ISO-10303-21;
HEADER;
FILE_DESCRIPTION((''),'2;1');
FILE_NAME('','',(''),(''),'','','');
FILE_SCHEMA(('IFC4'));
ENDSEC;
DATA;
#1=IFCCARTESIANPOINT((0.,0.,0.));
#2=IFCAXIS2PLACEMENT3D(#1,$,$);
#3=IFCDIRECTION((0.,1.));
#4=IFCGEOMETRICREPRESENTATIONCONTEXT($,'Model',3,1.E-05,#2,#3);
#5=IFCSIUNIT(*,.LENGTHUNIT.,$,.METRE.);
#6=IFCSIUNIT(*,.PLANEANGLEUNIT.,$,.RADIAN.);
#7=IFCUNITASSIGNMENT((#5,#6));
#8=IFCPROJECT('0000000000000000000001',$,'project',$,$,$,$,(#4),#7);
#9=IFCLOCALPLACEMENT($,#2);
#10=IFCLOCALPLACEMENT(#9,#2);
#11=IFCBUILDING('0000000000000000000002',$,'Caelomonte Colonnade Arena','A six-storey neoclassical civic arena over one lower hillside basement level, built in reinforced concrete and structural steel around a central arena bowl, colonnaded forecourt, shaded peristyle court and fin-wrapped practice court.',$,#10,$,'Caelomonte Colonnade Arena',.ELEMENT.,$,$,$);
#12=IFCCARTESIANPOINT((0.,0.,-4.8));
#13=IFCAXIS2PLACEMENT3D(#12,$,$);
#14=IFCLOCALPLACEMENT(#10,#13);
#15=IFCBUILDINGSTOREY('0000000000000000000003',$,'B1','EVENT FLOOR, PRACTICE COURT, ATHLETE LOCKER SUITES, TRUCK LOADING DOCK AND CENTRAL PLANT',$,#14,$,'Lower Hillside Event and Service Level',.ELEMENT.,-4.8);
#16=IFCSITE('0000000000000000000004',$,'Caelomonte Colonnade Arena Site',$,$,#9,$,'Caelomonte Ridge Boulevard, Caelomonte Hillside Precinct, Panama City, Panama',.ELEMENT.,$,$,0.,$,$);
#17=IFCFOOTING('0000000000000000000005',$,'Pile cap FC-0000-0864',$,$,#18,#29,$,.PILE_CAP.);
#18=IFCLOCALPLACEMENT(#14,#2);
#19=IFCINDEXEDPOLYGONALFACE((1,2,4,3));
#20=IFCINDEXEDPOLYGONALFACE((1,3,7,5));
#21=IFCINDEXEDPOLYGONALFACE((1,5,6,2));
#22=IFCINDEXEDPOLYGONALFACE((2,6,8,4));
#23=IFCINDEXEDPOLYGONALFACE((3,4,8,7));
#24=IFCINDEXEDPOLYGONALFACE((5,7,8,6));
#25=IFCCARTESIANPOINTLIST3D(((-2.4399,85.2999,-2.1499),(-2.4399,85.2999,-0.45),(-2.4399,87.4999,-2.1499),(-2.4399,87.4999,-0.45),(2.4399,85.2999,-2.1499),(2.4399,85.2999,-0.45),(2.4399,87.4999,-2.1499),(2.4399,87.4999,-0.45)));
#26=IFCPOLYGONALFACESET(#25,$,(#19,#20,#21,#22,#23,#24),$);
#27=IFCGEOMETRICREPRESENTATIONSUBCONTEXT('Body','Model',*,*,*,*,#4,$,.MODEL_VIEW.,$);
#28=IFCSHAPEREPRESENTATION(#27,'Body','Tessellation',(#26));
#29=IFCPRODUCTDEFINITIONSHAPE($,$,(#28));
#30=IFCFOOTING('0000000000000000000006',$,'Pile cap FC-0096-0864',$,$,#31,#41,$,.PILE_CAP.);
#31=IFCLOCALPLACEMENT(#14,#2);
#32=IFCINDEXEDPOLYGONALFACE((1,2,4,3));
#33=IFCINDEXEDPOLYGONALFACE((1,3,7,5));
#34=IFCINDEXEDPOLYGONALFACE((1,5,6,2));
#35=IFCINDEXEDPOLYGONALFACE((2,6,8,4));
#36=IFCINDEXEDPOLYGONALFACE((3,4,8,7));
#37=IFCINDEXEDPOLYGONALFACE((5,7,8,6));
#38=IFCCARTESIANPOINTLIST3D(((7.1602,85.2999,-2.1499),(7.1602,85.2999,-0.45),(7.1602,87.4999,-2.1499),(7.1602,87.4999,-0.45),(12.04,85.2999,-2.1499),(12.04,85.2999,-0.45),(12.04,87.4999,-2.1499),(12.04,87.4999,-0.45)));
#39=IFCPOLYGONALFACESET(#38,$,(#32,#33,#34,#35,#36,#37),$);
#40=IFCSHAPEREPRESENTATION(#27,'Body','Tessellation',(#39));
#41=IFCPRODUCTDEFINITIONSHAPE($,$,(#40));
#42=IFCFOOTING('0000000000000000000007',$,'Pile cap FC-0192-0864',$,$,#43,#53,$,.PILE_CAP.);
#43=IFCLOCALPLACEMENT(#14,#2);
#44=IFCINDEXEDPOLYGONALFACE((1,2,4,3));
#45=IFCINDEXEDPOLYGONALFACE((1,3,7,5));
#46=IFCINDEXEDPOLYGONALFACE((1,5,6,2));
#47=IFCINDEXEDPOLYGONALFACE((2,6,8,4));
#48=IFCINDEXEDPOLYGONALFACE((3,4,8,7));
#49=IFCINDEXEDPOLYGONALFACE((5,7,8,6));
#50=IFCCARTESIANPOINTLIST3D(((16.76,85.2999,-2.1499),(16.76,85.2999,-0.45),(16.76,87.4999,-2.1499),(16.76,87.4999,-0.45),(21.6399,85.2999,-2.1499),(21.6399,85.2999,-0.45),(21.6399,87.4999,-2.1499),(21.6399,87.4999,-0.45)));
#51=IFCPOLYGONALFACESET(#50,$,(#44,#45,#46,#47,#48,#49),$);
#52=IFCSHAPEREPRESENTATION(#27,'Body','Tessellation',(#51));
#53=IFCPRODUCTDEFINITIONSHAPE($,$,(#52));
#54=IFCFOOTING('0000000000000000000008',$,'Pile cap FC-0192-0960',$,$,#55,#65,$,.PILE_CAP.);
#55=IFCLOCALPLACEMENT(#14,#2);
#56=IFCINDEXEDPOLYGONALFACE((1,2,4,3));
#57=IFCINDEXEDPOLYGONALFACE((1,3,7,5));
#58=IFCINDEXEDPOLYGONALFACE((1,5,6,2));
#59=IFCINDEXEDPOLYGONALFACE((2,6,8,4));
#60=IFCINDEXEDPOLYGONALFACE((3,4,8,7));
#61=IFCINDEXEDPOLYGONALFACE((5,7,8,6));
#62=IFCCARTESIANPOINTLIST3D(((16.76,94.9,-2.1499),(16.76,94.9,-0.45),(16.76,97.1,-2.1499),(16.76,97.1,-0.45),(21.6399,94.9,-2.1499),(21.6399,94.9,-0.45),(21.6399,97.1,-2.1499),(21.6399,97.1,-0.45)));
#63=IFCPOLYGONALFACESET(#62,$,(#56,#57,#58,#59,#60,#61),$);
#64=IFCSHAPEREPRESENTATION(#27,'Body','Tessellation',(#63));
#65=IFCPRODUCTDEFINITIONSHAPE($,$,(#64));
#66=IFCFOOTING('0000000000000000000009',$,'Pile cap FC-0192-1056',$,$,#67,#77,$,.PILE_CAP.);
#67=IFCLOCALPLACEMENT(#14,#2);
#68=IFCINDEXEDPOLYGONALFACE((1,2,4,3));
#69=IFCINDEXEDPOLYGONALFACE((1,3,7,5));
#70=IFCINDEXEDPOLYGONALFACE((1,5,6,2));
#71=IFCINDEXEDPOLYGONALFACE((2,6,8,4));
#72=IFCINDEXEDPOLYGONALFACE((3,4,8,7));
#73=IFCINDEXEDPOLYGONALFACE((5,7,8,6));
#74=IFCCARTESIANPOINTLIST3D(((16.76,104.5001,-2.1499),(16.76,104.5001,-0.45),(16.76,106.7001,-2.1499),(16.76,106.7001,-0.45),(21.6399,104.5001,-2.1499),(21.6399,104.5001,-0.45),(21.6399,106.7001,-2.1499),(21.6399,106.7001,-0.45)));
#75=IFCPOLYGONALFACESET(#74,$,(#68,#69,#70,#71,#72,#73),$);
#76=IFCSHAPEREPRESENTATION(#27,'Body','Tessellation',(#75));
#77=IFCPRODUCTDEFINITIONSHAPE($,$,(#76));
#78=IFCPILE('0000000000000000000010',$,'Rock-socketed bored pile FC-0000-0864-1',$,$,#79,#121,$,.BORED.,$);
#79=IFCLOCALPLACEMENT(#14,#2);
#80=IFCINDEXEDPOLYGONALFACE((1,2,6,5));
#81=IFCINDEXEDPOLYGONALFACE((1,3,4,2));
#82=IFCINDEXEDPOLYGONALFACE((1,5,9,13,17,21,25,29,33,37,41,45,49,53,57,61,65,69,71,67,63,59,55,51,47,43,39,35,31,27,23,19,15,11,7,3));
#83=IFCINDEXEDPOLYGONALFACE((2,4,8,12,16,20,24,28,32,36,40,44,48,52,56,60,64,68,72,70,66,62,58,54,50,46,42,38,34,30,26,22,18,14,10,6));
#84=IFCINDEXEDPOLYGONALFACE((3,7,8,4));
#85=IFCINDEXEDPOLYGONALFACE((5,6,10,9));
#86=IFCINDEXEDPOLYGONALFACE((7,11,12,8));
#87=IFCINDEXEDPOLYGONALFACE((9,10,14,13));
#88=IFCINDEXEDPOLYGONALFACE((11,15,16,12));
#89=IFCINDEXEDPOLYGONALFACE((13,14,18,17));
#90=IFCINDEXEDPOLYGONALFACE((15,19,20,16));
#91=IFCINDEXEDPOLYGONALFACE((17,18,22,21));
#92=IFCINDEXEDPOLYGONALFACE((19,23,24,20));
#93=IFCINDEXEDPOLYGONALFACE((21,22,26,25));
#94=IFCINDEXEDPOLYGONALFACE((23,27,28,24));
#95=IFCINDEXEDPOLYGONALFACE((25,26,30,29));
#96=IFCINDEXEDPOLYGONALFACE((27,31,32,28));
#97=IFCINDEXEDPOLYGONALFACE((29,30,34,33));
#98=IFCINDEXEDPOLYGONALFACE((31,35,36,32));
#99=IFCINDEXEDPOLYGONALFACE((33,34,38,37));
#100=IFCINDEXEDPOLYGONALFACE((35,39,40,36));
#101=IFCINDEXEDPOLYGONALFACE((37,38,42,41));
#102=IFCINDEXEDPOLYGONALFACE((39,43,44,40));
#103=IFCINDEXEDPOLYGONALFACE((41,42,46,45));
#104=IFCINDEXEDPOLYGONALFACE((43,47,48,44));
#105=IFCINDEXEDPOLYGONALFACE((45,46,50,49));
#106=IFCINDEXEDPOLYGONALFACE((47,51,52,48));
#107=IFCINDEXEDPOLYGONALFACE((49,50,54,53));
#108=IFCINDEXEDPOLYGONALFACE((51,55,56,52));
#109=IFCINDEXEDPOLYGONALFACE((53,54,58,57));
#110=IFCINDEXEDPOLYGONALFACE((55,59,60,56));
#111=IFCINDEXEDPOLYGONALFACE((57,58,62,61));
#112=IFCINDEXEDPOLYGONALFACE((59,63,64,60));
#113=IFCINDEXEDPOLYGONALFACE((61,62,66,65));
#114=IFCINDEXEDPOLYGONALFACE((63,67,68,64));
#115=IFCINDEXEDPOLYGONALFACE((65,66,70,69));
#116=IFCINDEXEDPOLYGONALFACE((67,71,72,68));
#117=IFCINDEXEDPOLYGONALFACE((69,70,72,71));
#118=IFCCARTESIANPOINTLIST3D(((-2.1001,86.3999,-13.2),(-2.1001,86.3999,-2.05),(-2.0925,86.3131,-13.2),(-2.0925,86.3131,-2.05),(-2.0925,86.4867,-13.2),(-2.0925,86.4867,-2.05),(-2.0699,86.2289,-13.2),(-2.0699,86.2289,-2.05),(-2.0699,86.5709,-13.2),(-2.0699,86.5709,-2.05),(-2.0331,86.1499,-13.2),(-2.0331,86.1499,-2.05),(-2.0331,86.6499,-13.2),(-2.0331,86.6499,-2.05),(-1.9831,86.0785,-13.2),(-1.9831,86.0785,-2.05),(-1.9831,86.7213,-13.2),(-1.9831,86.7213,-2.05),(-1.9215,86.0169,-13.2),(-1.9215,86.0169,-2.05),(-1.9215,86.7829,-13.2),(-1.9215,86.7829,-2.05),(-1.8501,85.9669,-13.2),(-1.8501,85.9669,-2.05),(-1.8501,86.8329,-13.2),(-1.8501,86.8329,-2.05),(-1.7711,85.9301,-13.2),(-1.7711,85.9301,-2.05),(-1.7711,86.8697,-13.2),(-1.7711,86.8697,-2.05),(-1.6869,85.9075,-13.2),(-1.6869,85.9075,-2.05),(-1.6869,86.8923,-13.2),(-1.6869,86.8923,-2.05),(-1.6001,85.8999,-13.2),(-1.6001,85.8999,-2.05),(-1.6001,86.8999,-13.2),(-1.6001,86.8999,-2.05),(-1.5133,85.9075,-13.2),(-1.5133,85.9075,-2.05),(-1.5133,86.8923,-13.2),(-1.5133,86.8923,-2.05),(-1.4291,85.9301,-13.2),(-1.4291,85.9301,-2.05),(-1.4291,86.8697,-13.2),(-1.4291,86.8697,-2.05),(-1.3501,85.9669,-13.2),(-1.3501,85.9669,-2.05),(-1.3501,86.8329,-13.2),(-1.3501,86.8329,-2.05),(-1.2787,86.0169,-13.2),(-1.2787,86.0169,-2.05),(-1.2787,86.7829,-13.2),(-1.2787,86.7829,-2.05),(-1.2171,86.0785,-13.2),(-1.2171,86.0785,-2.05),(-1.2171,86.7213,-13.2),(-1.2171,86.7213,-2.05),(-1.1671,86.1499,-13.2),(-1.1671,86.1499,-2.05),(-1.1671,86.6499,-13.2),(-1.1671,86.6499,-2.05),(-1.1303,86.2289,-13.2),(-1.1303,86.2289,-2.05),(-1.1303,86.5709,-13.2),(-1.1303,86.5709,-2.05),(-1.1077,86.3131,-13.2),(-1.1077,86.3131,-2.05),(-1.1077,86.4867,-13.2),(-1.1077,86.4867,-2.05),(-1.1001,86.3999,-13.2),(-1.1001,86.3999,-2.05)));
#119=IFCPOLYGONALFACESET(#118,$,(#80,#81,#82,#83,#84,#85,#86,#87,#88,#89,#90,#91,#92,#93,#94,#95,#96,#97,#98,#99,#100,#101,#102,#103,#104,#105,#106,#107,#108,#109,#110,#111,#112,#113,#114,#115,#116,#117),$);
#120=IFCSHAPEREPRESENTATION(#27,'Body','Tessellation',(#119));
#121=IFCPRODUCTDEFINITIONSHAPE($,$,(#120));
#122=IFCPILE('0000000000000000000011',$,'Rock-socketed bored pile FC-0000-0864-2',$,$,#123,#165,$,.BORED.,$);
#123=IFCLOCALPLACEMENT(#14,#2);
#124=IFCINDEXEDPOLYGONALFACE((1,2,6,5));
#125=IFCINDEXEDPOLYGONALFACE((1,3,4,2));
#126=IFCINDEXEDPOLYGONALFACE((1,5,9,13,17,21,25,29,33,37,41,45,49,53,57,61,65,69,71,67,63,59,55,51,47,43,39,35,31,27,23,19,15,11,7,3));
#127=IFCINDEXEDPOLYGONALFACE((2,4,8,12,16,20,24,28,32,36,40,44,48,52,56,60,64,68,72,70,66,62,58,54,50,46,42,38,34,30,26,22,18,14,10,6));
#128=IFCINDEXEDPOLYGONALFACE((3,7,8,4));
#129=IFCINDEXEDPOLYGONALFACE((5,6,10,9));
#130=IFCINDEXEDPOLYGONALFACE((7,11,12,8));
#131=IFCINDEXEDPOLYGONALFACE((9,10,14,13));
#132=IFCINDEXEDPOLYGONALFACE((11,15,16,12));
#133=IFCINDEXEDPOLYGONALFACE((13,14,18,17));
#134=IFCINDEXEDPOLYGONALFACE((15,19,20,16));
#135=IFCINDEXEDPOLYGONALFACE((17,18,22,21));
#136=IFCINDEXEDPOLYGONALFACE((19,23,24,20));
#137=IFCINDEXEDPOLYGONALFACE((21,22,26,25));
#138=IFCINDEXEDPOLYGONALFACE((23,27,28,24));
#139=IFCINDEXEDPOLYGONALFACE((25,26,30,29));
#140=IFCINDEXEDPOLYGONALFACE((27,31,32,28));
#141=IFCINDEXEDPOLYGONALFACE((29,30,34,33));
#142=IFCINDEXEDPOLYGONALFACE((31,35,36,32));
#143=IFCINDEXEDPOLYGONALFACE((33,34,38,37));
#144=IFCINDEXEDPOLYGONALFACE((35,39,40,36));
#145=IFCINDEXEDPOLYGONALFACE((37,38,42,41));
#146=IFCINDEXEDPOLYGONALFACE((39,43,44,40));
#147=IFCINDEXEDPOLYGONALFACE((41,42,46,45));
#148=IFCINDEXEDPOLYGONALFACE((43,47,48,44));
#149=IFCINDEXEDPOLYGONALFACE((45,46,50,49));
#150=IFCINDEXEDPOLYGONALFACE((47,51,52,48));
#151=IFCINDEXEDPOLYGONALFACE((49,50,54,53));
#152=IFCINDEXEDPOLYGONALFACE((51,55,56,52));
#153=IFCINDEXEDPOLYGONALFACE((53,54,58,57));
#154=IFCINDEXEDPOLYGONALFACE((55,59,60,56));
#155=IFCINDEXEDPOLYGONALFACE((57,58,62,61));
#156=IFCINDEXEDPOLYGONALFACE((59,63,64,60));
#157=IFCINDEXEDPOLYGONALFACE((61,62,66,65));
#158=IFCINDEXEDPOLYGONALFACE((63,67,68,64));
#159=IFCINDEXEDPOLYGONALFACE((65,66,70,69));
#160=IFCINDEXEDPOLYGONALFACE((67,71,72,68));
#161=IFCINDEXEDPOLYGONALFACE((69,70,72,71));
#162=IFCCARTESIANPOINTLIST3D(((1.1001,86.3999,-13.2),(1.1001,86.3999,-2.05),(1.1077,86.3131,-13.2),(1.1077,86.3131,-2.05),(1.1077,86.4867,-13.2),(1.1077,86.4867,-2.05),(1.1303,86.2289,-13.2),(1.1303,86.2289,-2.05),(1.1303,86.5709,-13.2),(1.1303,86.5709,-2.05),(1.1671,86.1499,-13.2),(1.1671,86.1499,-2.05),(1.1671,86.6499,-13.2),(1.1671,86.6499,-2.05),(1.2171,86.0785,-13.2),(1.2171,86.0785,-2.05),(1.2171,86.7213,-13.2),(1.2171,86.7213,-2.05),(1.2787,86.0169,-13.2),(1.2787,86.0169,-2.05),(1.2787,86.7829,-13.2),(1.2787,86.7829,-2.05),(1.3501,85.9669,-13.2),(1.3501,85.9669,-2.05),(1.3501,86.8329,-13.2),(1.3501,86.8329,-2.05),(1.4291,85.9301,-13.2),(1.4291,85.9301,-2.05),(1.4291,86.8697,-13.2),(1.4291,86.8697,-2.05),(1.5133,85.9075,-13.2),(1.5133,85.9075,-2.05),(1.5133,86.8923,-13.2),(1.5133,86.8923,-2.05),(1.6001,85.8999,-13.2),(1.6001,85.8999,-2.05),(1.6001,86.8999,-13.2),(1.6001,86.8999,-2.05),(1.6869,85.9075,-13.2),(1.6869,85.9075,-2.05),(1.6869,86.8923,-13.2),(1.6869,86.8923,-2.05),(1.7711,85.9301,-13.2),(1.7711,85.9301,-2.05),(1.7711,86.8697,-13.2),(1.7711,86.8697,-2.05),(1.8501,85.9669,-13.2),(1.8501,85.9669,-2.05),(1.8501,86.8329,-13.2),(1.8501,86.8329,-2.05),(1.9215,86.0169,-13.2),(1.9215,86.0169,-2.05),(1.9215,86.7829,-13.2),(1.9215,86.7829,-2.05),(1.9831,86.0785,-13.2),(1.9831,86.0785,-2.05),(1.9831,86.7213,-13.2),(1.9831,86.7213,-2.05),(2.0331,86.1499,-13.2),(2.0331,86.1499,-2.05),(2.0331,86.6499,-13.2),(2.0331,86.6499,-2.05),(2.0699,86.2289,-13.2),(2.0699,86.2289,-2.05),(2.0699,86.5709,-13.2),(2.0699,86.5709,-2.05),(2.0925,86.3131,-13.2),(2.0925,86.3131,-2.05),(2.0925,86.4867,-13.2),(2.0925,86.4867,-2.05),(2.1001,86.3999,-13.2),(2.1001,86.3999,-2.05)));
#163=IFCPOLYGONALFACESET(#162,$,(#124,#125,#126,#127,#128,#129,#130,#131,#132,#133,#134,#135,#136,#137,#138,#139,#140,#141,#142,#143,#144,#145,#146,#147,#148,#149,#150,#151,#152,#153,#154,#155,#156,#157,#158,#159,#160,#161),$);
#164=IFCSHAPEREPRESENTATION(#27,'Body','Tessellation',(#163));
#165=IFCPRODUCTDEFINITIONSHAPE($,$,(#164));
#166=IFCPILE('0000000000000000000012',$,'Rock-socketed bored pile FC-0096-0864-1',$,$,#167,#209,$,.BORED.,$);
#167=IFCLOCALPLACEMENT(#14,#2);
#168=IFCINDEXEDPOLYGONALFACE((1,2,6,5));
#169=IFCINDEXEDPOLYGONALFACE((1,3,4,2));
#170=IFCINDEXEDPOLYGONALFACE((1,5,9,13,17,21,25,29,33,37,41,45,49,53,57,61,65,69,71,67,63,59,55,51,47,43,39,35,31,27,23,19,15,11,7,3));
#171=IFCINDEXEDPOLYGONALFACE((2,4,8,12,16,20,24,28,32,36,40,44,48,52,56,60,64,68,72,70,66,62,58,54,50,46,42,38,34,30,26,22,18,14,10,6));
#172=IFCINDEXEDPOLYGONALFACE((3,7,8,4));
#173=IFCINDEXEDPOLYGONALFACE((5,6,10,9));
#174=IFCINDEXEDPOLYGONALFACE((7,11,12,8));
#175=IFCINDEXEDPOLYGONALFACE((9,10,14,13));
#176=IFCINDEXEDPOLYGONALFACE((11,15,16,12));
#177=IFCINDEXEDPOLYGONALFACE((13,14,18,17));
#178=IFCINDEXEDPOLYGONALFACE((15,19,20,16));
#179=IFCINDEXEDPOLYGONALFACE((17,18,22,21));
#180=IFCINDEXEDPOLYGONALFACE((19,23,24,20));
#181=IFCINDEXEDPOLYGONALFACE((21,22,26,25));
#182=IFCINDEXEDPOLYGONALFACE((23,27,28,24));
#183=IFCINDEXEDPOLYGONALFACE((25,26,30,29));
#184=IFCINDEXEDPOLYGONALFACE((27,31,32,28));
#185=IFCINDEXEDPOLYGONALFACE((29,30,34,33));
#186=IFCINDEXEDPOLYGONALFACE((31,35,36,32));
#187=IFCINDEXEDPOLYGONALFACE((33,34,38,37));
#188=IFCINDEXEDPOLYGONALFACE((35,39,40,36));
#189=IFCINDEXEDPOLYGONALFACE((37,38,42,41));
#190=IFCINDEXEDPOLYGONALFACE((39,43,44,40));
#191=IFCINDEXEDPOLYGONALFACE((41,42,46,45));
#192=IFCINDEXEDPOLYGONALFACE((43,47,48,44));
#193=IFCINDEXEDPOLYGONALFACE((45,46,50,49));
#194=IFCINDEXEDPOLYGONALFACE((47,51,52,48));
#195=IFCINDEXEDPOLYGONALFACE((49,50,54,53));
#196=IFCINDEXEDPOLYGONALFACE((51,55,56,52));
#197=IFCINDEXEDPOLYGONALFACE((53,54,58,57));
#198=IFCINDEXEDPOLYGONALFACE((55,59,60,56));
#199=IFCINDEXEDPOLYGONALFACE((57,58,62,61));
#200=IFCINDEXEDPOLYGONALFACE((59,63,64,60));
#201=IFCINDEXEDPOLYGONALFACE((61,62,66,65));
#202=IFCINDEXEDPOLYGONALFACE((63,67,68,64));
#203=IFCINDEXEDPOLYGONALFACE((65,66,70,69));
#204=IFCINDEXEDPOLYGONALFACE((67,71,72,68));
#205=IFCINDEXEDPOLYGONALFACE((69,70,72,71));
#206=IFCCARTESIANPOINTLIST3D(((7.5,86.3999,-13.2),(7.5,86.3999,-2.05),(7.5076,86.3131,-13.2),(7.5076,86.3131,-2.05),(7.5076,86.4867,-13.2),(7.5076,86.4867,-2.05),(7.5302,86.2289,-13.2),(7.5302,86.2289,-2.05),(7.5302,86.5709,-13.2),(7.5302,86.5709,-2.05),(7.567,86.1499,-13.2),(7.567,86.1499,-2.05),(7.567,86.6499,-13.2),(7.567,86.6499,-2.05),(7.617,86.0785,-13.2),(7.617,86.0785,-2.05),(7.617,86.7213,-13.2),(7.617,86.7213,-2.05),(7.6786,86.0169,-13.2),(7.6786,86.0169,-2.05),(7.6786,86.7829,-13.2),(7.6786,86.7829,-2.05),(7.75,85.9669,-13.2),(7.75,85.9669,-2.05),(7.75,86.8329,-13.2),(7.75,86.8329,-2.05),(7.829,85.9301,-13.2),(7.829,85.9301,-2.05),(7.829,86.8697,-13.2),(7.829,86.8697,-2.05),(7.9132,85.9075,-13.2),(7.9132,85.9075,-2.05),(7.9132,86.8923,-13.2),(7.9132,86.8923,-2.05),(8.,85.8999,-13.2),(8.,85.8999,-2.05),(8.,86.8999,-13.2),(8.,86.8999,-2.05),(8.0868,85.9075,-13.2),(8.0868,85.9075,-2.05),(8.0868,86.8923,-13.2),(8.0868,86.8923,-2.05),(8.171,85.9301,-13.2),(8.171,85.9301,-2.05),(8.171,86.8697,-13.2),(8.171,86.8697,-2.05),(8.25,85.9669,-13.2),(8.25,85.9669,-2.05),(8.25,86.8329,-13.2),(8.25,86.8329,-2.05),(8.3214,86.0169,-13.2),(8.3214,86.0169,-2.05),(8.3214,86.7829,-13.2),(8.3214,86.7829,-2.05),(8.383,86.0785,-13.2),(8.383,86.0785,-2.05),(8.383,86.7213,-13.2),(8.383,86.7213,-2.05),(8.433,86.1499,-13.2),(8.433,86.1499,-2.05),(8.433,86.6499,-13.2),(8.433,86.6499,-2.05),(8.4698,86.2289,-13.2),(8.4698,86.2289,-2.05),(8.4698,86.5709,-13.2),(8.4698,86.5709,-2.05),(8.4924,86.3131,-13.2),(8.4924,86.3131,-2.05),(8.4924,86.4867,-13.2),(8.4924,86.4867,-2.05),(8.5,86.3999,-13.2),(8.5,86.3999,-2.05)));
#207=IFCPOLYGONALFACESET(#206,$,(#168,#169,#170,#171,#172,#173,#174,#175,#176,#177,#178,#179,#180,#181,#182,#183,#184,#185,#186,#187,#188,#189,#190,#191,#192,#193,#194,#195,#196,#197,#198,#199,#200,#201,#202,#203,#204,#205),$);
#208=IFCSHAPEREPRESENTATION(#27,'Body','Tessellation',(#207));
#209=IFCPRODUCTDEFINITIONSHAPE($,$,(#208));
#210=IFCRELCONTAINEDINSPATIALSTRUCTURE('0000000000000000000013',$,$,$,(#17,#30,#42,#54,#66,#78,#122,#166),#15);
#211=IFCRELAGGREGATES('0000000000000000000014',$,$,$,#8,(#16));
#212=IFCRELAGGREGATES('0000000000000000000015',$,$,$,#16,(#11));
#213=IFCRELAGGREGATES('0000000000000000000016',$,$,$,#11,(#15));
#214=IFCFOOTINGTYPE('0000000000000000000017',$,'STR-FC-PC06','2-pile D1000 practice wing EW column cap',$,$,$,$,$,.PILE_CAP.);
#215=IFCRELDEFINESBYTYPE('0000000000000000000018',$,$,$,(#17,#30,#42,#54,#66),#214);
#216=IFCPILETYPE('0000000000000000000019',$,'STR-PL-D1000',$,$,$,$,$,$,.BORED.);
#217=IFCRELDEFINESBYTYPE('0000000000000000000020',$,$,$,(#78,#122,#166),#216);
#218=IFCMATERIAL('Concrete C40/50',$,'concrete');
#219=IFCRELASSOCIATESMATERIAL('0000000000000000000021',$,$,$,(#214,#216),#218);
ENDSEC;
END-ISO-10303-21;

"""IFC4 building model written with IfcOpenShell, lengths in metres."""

from ifc_helpers import new_model, si_unit, direction, frame, origin, origin_2d, place, context, subcontext, project, spatial, rectangle, circle, extrude, material, material_profile, profile_set, type_object, element, save


model = new_model("IFC4")

# Units and contexts
model_context = context("Model", 3, precision=1e-05, world=origin(), true_north=direction((0.0, 1.0)))
body_context = subcontext(model_context, "Body", "Model", "MODEL_VIEW")
ifc_project = project(units=[si_unit("LENGTHUNIT", "METRE"), si_unit("PLANEANGLEUNIT", "RADIAN")], contexts=[model_context])

# Site, building, storey
site_placement = place(None, origin())
site = spatial("IfcSite", under=ifc_project, at=site_placement, Name="Caelomonte Colonnade Arena Site", LongName="Caelomonte Ridge Boulevard, Caelomonte Hillside Precinct, Panama City, Panama", CompositionType="ELEMENT", RefElevation=0.0)
building_placement = place(site_placement, origin())
building = spatial("IfcBuilding", under=site, at=building_placement, Name="Caelomonte Colonnade Arena", Description="A six-storey neoclassical civic arena over one lower hillside basement level, built in reinforced concrete and structural steel around a central arena bowl, colonnaded forecourt, shaded peristyle court and fin-wrapped practice court.", LongName="Caelomonte Colonnade Arena", CompositionType="ELEMENT")
storey_placement = place(building_placement, frame((0.0, 0.0, -4.8)))
storey = spatial("IfcBuildingStorey", under=building, at=storey_placement, Name="B1", Description="EVENT FLOOR, PRACTICE COURT, ATHLETE LOCKER SUITES, TRUCK LOADING DOCK AND CENTRAL PLANT", LongName="Lower Hillside Event and Service Level", CompositionType="ELEMENT", Elevation=-4.8)

# Footings
ifc_material_1 = material(Name="Concrete C40/50", Category="concrete")
footing_type = type_object("IfcFootingType", Name="STR-FC-PC06", Description="2-pile D1000 practice wing EW column cap", PredefinedType="PILE_CAP", material=ifc_material_1)
for number, where, z_axis, x_axis, name in (
    (1, (0.0, 86.3999, -2.1499), (0.0, 0.0, 1.0), (1.0, 0.0, 0.0), "Pile cap FC-0000-0864"),
    (2, (9.6001, 86.3999, -2.1499), (0.0, 0.0, 1.0), (1.0, 0.0, 0.0), "Pile cap FC-0096-0864"),
    (3, (19.2, 86.3999, -2.1499), (0.0, 0.0, 1.0), (1.0, 0.0, 0.0), "Pile cap FC-0192-0864"),
    (4, (19.2, 96.0, -2.1499), (0.0, 0.0, 1.0), (1.0, 0.0, 0.0), "Pile cap FC-0192-0960"),
    (5, (19.2, 105.6001, -2.1499), (0.0, 0.0, 1.0), (1.0, 0.0, 0.0), "Pile cap FC-0192-1056"),
):
    element("IfcFooting", number, at=place(storey_placement, frame(where, z_axis=z_axis, x_axis=x_axis)), inside=storey, type_object=footing_type, Name=name, PredefinedType="PILE_CAP", context=body_context, shape_type="SweptSolid", body=[
        extrude(rectangle(XDim=4.8799, YDim=2.2, at=origin_2d()), origin(), (0.0, 0.0, 1.0), 1.7),
    ])

# Piles
ifc_material_profile_1 = material_profile(ifc_material_1, circle(Radius=0.5, at=origin_2d()), Name="PILE-D1000")
ifc_profile_set_1 = profile_set([ifc_material_profile_1], Name="Concrete C40/50")
pile_type = type_object("IfcPileType", Name="STR-PL-D1000", PredefinedType="BORED", material=ifc_profile_set_1)
for number, where, z_axis, x_axis, name in (
    (6, (-1.6001, 86.3999, -2.05), (0.0, 0.0, -1.0), (1.0, 0.0, 0.0), "Rock-socketed bored pile FC-0000-0864-1"),
    (7, (1.6001, 86.3999, -2.05), (0.0, 0.0, -1.0), (1.0, 0.0, 0.0), "Rock-socketed bored pile FC-0000-0864-2"),
    (8, (8.0, 86.3999, -2.05), (0.0, 0.0, -1.0), (1.0, 0.0, 0.0), "Rock-socketed bored pile FC-0096-0864-1"),
):
    element("IfcPile", number, at=place(storey_placement, frame(where, z_axis=z_axis, x_axis=x_axis)), inside=storey, type_object=pile_type, Name=name, PredefinedType="BORED", context=body_context, shape_type="SweptSolid", body=[
        extrude(circle(Radius=0.5, at=origin_2d()), origin(), (0.0, 0.0, 1.0), 11.1499),
    ])

save(model, "model.ifc")
